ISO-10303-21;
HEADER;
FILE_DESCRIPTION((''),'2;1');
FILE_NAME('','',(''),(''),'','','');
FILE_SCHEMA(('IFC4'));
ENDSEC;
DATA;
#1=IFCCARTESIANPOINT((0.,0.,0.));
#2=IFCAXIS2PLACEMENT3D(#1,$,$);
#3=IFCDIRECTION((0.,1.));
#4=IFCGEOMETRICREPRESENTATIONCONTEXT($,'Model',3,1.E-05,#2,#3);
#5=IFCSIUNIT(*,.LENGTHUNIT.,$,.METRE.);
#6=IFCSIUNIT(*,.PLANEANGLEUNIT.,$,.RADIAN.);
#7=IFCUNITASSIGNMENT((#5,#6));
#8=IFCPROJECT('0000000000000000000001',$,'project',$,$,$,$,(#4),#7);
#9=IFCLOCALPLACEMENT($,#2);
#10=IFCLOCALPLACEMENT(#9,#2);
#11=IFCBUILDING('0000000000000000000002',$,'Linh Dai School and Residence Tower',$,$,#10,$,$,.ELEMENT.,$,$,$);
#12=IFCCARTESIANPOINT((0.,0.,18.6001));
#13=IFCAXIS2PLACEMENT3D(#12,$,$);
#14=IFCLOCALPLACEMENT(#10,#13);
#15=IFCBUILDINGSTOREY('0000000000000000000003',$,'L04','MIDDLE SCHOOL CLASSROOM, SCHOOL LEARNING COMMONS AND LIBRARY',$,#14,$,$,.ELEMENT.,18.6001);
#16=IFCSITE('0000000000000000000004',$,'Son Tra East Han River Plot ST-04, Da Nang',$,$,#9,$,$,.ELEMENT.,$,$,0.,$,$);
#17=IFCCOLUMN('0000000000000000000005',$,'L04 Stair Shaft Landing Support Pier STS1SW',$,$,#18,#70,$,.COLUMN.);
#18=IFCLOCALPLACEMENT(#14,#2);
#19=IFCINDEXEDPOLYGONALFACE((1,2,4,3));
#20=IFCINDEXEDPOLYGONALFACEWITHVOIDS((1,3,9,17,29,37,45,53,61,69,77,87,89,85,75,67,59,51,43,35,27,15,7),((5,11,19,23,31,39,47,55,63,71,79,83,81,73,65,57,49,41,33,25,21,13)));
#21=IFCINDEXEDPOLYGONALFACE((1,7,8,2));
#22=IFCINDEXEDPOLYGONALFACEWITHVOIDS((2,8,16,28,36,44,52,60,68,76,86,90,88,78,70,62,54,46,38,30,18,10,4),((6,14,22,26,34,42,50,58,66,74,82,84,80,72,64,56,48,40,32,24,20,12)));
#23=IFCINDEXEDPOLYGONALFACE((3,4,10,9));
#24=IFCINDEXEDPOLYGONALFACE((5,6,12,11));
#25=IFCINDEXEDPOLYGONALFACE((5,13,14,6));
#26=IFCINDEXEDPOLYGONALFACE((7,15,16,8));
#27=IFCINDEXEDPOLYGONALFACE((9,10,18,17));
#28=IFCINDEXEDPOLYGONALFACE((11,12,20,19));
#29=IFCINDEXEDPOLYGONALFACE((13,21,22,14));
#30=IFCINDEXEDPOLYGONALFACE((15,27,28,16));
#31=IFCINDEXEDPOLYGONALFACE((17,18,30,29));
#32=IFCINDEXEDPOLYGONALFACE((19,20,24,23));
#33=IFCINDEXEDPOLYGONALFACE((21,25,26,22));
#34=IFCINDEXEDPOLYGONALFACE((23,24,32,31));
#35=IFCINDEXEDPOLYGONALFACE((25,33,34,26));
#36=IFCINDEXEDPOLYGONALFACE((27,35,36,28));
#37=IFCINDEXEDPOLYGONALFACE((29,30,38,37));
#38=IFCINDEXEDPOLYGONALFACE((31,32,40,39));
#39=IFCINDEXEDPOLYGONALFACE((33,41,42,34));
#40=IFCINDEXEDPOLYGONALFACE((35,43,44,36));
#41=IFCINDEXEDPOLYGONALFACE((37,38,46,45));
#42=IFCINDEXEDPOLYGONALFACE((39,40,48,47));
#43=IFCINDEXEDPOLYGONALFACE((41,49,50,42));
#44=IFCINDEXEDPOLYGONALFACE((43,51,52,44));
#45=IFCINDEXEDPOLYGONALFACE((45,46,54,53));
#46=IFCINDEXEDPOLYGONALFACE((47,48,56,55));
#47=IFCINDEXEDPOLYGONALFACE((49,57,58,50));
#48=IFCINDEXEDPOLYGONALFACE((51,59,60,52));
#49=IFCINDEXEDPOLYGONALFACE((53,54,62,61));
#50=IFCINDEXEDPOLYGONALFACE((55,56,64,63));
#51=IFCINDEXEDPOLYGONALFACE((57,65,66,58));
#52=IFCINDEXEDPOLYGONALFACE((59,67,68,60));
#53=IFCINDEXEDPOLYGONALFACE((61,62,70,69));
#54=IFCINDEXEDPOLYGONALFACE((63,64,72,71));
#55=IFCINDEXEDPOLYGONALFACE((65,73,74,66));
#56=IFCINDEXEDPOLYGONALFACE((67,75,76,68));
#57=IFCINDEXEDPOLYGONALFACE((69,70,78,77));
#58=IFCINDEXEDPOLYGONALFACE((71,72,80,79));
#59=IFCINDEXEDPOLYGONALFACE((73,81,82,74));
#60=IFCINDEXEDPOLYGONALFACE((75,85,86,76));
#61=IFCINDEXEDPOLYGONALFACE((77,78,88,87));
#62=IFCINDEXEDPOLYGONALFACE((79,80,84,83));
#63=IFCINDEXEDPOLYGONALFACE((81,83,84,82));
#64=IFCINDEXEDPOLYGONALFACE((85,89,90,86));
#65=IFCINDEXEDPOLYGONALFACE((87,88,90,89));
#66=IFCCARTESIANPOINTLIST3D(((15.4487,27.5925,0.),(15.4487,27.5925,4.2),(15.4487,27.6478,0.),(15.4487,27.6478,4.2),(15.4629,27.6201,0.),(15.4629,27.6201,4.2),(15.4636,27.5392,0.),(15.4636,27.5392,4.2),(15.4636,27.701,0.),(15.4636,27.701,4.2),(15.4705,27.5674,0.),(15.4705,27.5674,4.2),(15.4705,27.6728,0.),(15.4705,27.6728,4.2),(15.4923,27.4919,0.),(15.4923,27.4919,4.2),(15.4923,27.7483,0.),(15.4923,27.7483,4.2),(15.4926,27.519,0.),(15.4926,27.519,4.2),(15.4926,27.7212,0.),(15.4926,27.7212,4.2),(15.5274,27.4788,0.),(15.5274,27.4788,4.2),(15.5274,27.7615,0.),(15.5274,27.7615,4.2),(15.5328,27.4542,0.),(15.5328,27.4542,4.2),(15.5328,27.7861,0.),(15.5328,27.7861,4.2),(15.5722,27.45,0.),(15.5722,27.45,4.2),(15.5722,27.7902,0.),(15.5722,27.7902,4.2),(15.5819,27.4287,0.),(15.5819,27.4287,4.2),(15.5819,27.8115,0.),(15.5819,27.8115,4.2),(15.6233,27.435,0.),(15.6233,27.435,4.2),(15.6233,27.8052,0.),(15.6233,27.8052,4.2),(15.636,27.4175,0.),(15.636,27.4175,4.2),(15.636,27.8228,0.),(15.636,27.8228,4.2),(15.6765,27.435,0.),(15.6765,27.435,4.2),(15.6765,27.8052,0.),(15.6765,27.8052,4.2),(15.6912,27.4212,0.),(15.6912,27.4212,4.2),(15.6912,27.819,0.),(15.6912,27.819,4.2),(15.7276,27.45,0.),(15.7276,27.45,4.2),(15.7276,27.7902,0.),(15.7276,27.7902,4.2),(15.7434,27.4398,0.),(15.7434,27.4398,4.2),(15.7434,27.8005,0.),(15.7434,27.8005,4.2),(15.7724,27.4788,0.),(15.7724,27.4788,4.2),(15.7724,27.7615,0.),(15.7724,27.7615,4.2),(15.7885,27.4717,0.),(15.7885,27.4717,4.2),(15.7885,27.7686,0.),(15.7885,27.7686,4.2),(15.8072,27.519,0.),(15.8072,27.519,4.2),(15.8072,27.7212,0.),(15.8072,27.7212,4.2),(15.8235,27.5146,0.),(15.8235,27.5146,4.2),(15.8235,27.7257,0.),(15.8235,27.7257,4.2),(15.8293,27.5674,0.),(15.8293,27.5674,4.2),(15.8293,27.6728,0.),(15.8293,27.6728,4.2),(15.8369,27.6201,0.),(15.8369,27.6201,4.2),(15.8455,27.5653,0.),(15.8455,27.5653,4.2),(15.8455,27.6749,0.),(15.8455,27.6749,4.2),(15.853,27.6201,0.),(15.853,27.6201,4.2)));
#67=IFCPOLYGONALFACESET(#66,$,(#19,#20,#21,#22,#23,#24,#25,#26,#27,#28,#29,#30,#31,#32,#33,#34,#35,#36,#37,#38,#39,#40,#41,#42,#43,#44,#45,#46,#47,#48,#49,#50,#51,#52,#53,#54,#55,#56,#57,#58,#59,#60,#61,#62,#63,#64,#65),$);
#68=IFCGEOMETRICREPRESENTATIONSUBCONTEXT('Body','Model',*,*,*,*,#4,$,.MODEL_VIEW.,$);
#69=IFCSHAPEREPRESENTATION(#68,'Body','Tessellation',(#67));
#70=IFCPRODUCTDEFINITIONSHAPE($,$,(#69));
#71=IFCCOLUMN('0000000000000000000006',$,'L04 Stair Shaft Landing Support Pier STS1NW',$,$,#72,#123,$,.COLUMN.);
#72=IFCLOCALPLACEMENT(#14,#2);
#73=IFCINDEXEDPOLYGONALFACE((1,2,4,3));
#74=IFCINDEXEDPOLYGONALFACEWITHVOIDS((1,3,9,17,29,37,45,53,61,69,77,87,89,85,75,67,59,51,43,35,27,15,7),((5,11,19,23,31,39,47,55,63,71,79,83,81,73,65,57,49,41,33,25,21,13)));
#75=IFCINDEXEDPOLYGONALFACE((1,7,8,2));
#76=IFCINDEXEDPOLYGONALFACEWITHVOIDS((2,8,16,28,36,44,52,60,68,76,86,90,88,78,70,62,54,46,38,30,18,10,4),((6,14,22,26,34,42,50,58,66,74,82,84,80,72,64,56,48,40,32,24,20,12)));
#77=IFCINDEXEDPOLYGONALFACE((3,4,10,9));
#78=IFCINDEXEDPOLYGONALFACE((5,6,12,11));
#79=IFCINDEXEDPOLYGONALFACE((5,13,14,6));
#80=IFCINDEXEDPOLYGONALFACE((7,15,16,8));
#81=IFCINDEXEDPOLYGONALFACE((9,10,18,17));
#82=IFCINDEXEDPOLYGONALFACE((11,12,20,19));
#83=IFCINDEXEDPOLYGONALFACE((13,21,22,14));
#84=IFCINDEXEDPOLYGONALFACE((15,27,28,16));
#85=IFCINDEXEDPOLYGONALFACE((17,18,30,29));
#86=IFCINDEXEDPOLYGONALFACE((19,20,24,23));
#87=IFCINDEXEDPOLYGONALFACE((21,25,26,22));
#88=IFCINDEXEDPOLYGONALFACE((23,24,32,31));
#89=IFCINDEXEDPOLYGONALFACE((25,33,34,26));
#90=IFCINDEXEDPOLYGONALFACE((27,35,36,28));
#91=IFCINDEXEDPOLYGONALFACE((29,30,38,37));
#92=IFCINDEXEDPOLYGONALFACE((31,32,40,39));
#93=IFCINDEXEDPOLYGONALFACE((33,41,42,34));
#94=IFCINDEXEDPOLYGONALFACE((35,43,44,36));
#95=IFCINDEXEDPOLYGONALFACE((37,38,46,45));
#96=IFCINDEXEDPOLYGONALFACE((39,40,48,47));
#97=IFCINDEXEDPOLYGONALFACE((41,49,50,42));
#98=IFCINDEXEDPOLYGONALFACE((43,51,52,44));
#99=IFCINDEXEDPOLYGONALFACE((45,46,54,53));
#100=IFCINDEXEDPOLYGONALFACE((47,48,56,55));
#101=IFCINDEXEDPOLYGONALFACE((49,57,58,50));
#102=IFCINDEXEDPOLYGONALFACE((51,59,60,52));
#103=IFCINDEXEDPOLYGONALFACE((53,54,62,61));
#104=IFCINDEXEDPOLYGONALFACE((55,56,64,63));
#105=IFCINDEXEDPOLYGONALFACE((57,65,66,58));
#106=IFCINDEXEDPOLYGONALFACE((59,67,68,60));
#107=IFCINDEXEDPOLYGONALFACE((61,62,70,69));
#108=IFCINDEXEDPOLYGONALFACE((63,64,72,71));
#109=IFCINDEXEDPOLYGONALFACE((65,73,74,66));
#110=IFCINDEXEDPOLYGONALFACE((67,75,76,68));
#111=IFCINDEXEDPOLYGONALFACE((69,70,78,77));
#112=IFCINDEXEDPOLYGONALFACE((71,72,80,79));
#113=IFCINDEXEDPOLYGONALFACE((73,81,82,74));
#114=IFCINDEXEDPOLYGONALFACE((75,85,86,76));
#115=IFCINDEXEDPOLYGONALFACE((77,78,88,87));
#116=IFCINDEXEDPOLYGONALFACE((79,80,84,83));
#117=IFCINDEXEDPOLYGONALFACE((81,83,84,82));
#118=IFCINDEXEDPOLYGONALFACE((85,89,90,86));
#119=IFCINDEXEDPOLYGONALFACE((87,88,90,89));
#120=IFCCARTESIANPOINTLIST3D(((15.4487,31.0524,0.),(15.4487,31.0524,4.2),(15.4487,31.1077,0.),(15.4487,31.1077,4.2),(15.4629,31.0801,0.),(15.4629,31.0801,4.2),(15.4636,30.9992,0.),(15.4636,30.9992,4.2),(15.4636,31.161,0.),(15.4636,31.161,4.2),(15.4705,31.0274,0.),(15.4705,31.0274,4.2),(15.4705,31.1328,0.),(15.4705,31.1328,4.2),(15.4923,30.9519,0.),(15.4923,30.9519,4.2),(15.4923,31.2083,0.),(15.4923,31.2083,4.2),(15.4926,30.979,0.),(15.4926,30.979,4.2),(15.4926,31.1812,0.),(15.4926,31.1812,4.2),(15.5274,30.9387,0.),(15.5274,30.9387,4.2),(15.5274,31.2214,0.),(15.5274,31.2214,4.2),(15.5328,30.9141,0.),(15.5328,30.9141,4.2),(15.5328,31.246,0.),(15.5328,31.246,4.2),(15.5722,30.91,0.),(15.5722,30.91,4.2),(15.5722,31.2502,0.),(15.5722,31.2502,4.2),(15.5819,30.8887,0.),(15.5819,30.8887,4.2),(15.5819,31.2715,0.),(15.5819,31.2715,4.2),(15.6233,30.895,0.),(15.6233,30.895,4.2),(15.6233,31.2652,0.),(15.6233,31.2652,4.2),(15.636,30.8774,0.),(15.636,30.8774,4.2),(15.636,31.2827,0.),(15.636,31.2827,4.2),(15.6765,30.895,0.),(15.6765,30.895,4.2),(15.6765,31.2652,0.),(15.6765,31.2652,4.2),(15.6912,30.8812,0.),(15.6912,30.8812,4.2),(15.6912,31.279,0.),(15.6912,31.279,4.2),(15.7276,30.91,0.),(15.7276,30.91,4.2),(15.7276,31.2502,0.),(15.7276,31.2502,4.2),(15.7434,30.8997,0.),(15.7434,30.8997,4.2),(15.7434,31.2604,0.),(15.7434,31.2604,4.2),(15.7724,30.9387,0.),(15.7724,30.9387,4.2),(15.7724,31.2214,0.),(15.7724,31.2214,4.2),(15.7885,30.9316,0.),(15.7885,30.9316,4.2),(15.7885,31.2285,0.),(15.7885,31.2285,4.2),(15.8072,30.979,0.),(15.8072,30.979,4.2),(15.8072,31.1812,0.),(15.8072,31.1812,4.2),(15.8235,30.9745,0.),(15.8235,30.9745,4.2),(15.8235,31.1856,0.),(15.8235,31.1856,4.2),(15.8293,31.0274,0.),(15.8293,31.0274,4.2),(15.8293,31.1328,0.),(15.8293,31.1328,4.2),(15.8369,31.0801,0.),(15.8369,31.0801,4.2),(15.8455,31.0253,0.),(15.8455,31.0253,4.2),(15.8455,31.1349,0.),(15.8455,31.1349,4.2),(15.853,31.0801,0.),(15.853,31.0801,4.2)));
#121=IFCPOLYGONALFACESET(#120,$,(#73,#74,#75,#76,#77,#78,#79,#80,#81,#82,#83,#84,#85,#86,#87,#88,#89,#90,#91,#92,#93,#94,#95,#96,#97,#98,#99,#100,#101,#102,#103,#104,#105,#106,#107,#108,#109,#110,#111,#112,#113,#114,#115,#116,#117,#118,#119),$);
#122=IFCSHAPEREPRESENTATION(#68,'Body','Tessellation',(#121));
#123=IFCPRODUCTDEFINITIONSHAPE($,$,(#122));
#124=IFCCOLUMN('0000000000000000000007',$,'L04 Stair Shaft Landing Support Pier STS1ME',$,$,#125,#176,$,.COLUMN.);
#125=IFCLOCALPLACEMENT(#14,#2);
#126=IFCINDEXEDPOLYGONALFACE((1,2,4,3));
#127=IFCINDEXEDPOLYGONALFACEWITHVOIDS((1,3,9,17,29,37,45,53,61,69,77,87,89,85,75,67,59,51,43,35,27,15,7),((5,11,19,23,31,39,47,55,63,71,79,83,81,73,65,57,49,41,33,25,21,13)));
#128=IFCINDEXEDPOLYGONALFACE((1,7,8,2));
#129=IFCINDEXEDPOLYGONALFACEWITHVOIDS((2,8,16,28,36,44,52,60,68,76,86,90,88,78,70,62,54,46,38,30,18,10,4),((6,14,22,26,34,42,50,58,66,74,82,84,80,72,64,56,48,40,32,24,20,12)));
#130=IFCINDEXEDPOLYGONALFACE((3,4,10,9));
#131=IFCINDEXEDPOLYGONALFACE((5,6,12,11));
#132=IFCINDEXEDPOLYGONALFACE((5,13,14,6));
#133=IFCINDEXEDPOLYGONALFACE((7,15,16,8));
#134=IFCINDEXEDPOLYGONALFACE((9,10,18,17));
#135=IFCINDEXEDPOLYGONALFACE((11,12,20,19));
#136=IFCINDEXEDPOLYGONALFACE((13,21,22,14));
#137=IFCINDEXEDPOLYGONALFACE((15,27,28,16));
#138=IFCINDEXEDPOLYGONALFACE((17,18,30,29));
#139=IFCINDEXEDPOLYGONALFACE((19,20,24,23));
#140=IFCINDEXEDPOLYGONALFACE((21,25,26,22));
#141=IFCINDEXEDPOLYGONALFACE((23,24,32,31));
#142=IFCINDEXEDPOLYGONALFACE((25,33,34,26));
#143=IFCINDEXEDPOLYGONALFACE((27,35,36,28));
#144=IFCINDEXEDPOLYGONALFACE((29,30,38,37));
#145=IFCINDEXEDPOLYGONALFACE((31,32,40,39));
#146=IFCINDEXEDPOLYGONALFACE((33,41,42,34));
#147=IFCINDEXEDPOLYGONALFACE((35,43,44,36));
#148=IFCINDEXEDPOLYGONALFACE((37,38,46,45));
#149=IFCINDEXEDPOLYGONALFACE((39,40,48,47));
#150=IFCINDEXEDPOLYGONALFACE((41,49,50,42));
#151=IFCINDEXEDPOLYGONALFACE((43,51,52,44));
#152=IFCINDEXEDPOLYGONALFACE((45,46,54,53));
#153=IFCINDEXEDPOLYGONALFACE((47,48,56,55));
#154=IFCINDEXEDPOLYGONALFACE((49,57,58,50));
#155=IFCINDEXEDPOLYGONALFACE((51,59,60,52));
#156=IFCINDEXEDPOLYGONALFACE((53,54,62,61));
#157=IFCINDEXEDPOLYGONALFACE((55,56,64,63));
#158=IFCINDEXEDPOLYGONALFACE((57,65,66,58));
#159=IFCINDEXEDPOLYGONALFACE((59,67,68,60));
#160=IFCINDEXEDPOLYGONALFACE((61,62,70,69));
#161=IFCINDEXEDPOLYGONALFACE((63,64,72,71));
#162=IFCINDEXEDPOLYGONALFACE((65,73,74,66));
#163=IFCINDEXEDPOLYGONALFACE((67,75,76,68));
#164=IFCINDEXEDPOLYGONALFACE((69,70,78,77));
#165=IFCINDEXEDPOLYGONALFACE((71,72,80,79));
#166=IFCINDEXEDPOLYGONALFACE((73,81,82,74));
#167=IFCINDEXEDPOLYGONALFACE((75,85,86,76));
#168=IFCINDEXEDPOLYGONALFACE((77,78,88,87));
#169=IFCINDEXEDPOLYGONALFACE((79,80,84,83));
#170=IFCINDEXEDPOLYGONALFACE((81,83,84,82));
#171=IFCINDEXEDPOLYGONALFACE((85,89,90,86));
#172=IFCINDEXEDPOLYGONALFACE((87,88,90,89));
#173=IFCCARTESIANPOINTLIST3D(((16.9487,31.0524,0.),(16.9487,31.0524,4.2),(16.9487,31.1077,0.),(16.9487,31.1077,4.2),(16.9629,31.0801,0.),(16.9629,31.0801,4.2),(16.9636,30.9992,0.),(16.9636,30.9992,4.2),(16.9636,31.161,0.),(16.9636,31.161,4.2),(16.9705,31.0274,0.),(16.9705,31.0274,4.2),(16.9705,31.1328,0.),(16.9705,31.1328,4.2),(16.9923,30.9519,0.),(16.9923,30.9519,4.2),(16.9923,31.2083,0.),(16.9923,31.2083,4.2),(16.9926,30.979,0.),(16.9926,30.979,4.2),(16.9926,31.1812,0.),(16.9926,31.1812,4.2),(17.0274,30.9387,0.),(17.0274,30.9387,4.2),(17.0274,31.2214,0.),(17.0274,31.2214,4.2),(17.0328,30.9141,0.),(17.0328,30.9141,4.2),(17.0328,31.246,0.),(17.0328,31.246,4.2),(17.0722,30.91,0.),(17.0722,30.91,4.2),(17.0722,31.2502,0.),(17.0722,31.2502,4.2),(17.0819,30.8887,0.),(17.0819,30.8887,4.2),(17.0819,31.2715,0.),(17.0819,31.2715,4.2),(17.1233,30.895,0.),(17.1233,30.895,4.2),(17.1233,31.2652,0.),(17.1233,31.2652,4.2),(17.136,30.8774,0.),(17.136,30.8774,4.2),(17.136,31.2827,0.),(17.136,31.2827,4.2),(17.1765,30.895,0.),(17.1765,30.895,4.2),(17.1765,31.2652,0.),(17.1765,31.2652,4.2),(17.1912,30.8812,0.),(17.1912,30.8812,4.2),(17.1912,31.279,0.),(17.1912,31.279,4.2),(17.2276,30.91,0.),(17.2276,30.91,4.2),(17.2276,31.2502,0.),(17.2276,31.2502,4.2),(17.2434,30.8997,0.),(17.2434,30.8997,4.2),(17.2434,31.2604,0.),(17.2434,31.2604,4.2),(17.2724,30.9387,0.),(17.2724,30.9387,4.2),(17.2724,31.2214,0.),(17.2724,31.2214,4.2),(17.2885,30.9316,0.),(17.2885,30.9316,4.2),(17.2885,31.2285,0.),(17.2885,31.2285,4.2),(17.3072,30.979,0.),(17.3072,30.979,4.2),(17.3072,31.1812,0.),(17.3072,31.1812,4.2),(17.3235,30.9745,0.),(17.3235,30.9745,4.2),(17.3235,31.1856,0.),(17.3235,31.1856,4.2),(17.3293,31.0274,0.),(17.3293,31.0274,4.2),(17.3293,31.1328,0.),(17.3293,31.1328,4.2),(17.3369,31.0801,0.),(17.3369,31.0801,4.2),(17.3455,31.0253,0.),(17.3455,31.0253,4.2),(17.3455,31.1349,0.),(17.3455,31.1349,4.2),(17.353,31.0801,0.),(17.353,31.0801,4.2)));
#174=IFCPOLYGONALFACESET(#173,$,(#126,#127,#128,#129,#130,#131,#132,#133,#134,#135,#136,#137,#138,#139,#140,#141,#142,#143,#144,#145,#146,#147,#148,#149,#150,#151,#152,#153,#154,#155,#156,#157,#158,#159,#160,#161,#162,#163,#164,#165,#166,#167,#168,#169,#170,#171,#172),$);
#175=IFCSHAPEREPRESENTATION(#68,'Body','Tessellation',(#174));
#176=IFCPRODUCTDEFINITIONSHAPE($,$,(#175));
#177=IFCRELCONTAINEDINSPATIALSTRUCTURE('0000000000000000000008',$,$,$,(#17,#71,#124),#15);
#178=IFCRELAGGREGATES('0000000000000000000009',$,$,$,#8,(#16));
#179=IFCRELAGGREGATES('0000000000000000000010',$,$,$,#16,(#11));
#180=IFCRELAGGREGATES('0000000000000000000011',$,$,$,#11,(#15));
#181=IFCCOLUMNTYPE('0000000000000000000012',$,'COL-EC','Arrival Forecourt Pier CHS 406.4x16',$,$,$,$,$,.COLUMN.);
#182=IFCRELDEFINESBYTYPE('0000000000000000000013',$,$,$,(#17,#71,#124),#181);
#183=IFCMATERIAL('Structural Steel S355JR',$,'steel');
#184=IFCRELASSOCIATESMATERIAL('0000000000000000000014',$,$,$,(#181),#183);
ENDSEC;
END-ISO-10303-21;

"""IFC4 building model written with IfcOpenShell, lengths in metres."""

from ifc_helpers import new_model, si_unit, direction, frame, origin, origin_2d, place, context, subcontext, project, spatial, hollow_circle, extrude, material, material_profile, profile_set, type_object, element, save


model = new_model("IFC4")

# Units and contexts
model_context = context("Model", 3, precision=1e-05, world=origin(), true_north=direction((0.0, 1.0)))
body_context = subcontext(model_context, "Body", "Model", "MODEL_VIEW")
ifc_project = project(units=[si_unit("LENGTHUNIT", "METRE"), si_unit("PLANEANGLEUNIT", "RADIAN")], contexts=[model_context])

# Site, building, storey
site_placement = place(None, origin())
site = spatial("IfcSite", under=ifc_project, at=site_placement, Name="Son Tra East Han River Plot ST-04, Da Nang", CompositionType="ELEMENT", RefElevation=0.0)
building_placement = place(site_placement, origin())
building = spatial("IfcBuilding", under=site, at=building_placement, Name="Linh Dai School and Residence Tower", CompositionType="ELEMENT")
storey_placement = place(building_placement, frame((0.0, 0.0, 18.6001)))
storey = spatial("IfcBuildingStorey", under=building, at=storey_placement, Name="L04", Description="MIDDLE SCHOOL CLASSROOM, SCHOOL LEARNING COMMONS AND LIBRARY", CompositionType="ELEMENT", Elevation=18.6001)

# Columns
ifc_material_1 = material(Name="Structural Steel S355JR", Category="steel")
ifc_material_profile = material_profile(ifc_material_1, hollow_circle(Radius=0.2031, WallThickness=0.0161, at=origin_2d()), Name="CHS 406.4x16")
ifc_profile_set = profile_set([ifc_material_profile], Name="Structural Steel S355JR")
column_type = type_object("IfcColumnType", Name="COL-EC", Description="Arrival Forecourt Pier CHS 406.4x16", PredefinedType="COLUMN", material=ifc_profile_set)
for number, where, z_axis, x_axis, name in (
    (1, (15.6499, 27.6201, 0.0), (0.0, 0.0, 1.0), (1.0, 0.0, 0.0), "L04 Stair Shaft Landing Support Pier STS1SW"),
    (2, (15.6499, 31.0801, 0.0), (0.0, 0.0, 1.0), (1.0, 0.0, 0.0), "L04 Stair Shaft Landing Support Pier STS1NW"),
    (3, (17.1499, 31.0801, 0.0), (0.0, 0.0, 1.0), (1.0, 0.0, 0.0), "L04 Stair Shaft Landing Support Pier STS1ME"),
):
    element("IfcColumn", number, at=place(storey_placement, frame(where, z_axis=z_axis, x_axis=x_axis)), inside=storey, type_object=column_type, Name=name, PredefinedType="COLUMN", context=body_context, shape_type="SweptSolid", body=[
        extrude(hollow_circle(Radius=0.2031, WallThickness=0.0161, at=origin_2d()), origin(), (0.0, 0.0, 1.0), 4.2),
    ])

save(model, "model.ifc")
